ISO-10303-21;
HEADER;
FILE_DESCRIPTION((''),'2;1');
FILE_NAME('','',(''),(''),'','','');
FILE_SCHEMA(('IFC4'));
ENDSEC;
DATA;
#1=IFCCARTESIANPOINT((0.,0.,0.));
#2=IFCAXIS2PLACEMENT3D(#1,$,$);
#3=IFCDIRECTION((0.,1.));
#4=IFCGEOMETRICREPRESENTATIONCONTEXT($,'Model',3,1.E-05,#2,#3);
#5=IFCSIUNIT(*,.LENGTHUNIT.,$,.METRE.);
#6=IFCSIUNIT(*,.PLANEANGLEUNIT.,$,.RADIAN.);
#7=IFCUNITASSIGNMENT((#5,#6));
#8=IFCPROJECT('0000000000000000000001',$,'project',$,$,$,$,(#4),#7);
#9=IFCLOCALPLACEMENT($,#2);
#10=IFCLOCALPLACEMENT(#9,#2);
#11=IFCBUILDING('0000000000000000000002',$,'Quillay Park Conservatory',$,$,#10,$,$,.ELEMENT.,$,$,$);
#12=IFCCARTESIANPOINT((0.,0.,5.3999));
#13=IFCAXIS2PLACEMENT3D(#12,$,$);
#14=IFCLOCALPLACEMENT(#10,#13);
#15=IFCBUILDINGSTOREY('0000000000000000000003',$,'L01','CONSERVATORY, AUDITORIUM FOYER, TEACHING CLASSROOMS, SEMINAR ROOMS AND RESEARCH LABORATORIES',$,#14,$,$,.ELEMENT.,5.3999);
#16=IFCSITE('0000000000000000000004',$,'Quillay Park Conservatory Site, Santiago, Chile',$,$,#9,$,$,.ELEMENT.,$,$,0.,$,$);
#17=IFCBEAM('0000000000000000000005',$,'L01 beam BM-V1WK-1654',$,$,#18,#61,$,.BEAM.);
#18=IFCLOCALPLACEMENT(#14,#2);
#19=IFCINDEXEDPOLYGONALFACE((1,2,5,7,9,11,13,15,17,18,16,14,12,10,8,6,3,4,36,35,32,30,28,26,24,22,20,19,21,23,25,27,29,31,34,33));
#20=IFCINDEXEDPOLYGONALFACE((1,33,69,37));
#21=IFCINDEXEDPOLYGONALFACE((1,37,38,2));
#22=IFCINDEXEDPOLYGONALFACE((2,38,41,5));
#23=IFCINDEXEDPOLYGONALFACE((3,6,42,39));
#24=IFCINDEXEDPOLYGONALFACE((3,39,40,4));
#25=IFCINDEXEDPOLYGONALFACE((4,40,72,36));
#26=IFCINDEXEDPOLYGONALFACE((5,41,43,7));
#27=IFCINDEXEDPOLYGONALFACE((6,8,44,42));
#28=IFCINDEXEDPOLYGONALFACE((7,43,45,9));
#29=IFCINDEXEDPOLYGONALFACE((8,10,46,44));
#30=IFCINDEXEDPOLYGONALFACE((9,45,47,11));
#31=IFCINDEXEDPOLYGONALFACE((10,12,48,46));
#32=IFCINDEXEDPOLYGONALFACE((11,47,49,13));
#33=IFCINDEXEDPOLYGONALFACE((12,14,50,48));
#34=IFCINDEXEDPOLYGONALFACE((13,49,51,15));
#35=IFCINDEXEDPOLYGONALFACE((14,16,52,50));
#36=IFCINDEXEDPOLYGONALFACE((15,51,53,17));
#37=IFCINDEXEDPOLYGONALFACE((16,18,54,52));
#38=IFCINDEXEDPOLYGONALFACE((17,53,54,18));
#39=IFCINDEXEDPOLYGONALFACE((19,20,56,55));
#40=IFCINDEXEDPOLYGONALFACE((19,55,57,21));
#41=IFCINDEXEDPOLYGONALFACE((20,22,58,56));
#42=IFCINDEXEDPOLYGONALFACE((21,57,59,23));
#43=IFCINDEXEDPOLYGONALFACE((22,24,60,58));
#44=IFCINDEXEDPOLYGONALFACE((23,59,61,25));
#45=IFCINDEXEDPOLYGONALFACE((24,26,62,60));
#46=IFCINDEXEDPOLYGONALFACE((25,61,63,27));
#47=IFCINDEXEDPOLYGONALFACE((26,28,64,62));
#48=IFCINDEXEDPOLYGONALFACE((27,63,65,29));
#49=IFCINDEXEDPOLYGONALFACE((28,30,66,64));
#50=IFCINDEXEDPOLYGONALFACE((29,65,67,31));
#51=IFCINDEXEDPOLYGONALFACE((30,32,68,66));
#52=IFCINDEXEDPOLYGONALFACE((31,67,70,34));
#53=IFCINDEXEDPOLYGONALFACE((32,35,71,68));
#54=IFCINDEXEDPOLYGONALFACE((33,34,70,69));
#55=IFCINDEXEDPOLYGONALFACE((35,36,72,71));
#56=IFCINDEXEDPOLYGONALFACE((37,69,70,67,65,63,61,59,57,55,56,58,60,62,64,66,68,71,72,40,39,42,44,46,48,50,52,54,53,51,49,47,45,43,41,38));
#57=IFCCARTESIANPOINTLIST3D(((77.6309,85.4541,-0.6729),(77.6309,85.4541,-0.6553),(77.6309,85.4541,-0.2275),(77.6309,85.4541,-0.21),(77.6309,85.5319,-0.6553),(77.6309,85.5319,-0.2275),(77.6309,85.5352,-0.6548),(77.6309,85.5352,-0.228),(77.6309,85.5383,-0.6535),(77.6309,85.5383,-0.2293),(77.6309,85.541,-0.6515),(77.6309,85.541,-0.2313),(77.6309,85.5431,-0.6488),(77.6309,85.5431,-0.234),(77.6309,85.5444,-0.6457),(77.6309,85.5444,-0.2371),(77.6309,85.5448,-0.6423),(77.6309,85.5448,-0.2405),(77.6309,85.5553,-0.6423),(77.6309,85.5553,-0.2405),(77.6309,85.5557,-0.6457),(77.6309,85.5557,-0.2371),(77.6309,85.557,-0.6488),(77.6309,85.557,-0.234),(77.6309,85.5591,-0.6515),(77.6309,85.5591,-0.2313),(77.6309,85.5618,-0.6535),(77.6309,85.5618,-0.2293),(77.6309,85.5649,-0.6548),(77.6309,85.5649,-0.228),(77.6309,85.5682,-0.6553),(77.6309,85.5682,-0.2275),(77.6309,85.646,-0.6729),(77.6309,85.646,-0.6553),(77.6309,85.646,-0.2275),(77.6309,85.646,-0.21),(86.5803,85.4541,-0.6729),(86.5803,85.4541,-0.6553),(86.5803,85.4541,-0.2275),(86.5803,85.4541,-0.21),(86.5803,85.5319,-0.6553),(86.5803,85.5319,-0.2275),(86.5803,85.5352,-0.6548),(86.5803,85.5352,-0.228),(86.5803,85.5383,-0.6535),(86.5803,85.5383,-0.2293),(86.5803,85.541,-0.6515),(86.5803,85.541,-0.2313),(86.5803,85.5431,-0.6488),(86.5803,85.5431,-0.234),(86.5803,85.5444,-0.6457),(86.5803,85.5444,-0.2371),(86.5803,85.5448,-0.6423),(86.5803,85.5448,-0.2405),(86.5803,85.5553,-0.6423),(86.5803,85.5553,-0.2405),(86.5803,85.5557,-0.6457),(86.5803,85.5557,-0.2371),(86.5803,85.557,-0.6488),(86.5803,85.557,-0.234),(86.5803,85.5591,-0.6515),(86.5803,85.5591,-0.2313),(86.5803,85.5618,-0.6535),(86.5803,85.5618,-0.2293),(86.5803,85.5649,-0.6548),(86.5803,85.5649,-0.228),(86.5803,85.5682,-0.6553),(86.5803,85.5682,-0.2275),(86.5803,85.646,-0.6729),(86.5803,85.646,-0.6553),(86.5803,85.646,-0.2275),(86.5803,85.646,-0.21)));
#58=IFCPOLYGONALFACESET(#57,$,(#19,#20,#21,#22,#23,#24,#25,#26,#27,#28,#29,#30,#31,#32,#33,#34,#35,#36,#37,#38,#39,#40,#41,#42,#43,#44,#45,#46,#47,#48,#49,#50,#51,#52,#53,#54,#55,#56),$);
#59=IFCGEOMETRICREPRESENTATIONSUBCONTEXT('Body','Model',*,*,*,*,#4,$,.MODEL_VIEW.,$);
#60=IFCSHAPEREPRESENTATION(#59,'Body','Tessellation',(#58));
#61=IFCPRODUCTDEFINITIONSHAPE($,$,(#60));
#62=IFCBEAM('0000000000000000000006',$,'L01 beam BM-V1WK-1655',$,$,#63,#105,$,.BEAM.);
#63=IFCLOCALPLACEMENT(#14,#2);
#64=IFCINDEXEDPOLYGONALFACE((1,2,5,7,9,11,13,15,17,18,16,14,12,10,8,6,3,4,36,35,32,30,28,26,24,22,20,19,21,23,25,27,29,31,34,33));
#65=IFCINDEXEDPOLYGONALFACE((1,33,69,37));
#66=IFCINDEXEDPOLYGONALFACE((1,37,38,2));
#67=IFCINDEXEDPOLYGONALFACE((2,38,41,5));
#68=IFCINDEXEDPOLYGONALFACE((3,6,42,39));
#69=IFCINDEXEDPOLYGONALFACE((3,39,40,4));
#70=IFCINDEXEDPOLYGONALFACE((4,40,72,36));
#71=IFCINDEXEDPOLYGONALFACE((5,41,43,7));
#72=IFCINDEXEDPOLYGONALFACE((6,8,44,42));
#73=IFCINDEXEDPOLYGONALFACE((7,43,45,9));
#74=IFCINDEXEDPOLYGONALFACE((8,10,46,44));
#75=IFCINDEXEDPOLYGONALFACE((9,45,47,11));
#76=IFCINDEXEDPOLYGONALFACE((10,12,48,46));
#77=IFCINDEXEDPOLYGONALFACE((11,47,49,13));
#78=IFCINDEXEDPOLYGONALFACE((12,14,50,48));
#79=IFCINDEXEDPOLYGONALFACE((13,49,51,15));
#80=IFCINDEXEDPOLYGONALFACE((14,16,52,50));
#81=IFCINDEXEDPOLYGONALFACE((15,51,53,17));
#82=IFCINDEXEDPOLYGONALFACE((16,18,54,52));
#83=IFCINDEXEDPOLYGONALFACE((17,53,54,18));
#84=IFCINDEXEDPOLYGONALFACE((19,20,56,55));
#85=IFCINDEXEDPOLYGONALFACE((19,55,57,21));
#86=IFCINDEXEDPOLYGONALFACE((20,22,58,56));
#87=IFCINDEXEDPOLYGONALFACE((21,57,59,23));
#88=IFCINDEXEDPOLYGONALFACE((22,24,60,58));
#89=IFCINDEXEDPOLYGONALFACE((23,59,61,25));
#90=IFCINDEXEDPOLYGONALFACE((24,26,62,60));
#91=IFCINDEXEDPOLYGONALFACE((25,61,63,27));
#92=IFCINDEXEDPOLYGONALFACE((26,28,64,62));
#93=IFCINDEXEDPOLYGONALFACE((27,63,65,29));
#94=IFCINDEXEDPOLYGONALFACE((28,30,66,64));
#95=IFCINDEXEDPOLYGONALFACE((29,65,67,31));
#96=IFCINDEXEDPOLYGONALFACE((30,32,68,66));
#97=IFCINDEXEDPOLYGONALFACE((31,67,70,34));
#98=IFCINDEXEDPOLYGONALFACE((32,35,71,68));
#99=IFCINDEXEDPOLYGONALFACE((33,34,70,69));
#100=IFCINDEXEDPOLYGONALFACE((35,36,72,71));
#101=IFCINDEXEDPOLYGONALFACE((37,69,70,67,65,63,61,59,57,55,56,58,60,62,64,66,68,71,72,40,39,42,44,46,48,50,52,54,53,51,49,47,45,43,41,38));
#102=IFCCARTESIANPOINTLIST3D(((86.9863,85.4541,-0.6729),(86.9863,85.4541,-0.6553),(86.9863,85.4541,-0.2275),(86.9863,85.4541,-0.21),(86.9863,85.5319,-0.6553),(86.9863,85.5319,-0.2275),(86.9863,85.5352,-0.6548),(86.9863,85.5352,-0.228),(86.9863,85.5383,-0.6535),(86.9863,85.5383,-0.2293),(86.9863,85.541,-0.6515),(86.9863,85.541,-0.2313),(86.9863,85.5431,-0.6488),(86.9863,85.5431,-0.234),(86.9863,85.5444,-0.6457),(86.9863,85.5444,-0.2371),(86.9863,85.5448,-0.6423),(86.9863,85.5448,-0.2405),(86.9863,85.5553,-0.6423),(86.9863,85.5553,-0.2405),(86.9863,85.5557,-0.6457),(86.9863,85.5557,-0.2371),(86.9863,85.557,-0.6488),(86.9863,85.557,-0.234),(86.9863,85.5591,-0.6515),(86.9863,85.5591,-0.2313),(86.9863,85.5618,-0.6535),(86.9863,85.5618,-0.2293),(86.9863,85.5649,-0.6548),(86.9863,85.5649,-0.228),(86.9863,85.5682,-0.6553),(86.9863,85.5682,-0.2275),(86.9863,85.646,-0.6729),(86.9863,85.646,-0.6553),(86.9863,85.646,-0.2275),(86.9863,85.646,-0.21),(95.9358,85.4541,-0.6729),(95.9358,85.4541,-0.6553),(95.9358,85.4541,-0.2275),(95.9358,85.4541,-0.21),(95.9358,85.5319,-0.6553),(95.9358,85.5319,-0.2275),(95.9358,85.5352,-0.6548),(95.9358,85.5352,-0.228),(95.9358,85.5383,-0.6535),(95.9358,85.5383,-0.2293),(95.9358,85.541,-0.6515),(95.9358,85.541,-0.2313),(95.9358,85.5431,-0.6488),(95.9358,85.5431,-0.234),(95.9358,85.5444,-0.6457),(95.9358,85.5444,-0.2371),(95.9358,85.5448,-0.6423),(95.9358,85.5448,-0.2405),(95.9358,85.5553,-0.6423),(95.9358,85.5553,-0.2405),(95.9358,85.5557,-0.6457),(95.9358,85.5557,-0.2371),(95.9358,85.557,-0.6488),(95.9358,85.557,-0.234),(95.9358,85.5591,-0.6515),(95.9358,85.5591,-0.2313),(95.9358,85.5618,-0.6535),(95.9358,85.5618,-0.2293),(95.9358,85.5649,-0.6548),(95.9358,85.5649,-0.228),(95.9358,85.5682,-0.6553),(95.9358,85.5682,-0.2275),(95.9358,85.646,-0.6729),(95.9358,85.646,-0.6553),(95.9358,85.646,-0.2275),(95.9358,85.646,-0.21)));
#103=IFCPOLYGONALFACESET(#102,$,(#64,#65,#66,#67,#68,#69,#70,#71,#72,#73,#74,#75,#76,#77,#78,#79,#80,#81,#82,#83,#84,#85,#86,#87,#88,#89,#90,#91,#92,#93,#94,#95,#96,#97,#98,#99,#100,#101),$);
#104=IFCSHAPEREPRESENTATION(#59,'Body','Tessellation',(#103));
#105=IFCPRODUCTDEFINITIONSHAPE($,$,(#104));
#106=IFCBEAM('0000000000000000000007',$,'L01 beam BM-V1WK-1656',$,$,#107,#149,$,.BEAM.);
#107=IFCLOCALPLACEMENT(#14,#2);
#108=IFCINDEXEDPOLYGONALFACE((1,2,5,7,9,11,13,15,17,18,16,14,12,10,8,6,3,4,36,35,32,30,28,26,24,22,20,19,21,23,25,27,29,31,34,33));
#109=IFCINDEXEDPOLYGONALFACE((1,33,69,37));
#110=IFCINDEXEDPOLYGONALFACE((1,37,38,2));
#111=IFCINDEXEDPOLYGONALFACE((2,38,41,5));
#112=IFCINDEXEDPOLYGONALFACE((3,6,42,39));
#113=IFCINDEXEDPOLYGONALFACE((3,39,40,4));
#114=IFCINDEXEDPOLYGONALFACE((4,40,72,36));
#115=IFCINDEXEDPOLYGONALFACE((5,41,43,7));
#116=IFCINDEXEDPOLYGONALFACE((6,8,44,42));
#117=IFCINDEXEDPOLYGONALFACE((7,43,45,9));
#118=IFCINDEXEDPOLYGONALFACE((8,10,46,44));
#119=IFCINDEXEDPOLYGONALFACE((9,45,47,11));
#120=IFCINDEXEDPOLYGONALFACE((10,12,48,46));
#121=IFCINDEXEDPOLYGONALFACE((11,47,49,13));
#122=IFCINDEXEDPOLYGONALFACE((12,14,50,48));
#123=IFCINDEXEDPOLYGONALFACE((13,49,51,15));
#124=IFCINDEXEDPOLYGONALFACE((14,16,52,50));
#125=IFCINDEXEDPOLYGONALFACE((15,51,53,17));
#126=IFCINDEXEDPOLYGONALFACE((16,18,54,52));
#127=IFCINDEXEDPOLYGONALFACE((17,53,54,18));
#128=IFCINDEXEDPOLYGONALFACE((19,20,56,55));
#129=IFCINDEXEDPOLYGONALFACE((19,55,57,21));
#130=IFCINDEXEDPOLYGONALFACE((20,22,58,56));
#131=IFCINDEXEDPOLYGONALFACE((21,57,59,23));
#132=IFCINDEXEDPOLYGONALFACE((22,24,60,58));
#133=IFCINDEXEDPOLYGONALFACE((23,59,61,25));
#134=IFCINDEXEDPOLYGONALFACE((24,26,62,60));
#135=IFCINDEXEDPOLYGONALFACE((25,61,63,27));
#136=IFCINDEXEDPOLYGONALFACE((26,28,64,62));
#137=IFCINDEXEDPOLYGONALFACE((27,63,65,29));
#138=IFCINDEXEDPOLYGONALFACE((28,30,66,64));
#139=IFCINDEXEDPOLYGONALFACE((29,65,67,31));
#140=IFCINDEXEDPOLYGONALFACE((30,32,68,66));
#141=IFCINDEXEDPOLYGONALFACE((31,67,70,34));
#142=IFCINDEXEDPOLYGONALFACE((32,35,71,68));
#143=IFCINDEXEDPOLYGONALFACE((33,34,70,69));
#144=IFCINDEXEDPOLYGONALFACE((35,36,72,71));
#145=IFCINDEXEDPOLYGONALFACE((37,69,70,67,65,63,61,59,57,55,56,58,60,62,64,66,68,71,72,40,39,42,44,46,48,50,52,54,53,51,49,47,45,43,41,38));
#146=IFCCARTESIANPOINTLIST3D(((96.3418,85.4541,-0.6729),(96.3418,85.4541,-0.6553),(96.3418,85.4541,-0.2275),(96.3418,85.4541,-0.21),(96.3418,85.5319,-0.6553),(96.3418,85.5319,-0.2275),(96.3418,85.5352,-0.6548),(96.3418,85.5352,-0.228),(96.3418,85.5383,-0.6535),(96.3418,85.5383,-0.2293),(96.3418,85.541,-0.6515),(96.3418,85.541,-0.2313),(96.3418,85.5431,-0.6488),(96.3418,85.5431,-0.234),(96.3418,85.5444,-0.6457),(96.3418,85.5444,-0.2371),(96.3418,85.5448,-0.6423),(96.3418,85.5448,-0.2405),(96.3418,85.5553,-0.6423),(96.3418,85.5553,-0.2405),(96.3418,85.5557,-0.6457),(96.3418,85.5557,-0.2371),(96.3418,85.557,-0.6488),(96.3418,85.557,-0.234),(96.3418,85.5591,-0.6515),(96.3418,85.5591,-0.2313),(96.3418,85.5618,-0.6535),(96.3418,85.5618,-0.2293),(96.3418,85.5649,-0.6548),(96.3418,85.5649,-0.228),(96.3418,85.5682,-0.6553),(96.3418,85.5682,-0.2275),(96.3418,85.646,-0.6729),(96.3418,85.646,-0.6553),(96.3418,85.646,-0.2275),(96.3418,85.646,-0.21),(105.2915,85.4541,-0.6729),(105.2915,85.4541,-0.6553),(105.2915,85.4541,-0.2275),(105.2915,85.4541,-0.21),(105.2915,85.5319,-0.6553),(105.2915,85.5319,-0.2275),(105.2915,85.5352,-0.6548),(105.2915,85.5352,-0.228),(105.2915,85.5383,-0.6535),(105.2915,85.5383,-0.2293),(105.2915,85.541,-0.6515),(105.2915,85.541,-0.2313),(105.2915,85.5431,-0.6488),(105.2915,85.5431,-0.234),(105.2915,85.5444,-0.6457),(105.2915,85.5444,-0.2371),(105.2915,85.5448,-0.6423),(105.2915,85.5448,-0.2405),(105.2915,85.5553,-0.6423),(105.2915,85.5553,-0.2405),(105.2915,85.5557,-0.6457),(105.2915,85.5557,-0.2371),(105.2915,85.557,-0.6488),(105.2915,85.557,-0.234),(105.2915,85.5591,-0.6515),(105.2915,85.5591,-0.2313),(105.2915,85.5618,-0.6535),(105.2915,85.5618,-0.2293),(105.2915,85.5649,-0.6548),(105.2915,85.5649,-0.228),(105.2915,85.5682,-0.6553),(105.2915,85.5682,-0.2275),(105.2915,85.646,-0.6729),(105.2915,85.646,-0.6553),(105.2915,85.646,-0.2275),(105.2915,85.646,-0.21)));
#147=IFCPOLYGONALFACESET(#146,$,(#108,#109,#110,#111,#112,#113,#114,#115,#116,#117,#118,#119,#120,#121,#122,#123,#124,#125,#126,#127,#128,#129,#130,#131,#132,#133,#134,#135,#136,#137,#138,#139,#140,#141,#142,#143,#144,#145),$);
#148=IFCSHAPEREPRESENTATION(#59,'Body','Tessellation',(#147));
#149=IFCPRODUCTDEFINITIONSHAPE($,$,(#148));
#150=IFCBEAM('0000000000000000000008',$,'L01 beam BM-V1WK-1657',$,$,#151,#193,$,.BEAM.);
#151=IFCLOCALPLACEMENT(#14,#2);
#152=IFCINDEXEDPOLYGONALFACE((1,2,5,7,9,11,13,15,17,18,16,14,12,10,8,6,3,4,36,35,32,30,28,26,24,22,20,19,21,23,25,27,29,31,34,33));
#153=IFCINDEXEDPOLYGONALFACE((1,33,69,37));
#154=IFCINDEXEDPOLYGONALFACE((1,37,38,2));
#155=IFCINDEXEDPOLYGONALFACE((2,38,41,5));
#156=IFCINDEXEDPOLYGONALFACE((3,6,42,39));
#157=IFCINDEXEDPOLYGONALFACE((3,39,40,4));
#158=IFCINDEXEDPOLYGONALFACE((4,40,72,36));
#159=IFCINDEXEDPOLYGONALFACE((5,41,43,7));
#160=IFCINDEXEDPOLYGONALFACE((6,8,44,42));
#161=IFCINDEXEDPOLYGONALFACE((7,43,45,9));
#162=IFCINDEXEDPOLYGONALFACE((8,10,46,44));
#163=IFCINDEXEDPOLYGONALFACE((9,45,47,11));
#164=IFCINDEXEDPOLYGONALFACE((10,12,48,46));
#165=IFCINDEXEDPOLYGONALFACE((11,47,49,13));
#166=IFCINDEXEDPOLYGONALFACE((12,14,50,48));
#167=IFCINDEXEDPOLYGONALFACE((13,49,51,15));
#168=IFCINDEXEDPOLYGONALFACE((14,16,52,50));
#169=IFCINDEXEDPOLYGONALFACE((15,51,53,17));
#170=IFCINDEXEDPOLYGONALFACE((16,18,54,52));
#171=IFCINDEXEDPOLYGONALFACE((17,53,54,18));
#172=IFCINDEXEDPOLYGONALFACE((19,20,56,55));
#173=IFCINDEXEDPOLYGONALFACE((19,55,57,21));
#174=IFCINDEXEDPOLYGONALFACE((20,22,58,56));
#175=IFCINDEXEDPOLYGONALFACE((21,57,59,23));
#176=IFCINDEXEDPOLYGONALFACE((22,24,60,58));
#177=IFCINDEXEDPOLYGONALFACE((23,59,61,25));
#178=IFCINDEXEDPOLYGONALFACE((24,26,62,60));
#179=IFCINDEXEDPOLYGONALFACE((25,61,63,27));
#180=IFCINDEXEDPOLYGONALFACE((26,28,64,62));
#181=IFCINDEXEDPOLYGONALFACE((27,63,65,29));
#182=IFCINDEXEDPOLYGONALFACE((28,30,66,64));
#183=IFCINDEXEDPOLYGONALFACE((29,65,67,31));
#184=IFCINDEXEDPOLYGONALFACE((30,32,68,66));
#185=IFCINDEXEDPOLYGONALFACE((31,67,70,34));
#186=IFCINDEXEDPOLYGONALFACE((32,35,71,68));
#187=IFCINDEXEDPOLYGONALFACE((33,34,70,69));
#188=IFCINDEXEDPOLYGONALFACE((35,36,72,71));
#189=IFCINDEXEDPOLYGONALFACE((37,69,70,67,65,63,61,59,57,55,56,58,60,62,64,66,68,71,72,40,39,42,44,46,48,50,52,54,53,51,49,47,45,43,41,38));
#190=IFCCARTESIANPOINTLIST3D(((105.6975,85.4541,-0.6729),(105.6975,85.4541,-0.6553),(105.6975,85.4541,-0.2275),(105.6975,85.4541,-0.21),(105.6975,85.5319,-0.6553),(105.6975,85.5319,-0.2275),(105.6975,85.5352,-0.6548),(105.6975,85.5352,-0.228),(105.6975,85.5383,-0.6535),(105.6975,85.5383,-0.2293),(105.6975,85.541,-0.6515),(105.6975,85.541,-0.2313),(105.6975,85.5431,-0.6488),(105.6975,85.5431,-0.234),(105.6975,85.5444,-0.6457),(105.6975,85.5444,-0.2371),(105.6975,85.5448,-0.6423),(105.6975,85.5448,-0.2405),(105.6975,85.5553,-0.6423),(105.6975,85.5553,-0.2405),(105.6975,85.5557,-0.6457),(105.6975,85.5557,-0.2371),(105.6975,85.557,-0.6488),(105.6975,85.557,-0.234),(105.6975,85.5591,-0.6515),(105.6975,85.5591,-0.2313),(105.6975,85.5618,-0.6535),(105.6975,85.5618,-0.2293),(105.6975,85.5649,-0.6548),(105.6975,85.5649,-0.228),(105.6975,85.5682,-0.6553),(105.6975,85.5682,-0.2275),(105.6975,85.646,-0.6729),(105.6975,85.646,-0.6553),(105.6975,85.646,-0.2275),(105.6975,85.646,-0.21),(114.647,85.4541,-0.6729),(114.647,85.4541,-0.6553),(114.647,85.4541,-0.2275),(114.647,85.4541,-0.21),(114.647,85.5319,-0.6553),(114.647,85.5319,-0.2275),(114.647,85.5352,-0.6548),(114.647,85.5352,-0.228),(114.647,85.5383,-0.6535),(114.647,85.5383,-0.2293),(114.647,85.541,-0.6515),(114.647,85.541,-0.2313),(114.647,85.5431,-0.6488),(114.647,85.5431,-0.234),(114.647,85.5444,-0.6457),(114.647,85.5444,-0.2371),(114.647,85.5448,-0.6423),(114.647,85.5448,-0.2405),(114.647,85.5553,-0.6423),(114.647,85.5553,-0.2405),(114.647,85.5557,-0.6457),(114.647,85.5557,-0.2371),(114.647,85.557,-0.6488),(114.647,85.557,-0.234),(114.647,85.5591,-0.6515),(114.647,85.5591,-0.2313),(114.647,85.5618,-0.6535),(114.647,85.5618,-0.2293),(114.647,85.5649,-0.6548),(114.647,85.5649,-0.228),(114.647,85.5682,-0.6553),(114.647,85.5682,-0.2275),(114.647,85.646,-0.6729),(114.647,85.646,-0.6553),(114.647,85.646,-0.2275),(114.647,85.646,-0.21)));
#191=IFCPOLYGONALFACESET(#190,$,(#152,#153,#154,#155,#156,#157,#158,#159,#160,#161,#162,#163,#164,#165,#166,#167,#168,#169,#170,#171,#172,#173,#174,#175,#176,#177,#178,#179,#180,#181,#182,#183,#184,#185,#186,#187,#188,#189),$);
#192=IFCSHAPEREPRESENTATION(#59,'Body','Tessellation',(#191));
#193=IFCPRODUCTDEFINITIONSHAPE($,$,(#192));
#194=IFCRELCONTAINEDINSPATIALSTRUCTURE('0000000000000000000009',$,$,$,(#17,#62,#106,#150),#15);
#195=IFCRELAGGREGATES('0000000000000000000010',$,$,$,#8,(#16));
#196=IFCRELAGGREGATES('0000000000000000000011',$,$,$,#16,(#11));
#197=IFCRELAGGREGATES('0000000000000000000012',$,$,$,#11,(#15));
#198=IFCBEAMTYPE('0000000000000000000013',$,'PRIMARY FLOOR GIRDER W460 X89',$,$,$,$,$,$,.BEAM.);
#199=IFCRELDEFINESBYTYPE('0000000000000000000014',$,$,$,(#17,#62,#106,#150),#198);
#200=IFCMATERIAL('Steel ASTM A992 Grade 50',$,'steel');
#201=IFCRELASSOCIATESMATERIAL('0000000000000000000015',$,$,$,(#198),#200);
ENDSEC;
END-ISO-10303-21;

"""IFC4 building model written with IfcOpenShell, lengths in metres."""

from ifc_helpers import new_model, si_unit, direction, frame, origin, origin_2d, place, context, subcontext, project, spatial, i_section, extrude, material, material_profile, profile_set, type_object, element, save


model = new_model("IFC4")

# Units and contexts
model_context = context("Model", 3, precision=1e-05, world=origin(), true_north=direction((0.0, 1.0)))
body_context = subcontext(model_context, "Body", "Model", "MODEL_VIEW")
ifc_project = project(units=[si_unit("LENGTHUNIT", "METRE"), si_unit("PLANEANGLEUNIT", "RADIAN")], contexts=[model_context])

# Site, building, storey
site_placement = place(None, origin())
site = spatial("IfcSite", under=ifc_project, at=site_placement, Name="Quillay Park Conservatory Site, Santiago, Chile", CompositionType="ELEMENT", RefElevation=0.0)
building_placement = place(site_placement, origin())
building = spatial("IfcBuilding", under=site, at=building_placement, Name="Quillay Park Conservatory", CompositionType="ELEMENT")
storey_placement = place(building_placement, frame((0.0, 0.0, 5.3999)))
storey = spatial("IfcBuildingStorey", under=building, at=storey_placement, Name="L01", Description="CONSERVATORY, AUDITORIUM FOYER, TEACHING CLASSROOMS, SEMINAR ROOMS AND RESEARCH LABORATORIES", CompositionType="ELEMENT", Elevation=5.3999)

# Beams
ifc_material_1 = material(Name="Steel ASTM A992 Grade 50", Category="steel")
ifc_material_profile_1 = material_profile(ifc_material_1, i_section(OverallWidth=0.1919, OverallDepth=0.4629, WebThickness=0.0105, FlangeThickness=0.0176, FilletRadius=0.0129, at=origin_2d()), Name="W460x89")
ifc_profile_set_1 = profile_set([ifc_material_profile_1], Name="Steel ASTM A992 Grade 50")
beam_type_1 = type_object("IfcBeamType", Name="PRIMARY FLOOR GIRDER W460 X89", PredefinedType="BEAM", material=ifc_profile_set_1)
for number, where, z_axis, x_axis, name in (
    (1, (77.6309, 85.55, -0.4414), (1.0, 0.0, 0.0), (0.0, 1.0, 0.0), "L01 beam BM-V1WK-1654"),
    (2, (86.9863, 85.55, -0.4414), (1.0, 0.0, 0.0), (0.0, 1.0, 0.0), "L01 beam BM-V1WK-1655"),
):
    element("IfcBeam", number, at=place(storey_placement, frame(where, z_axis=z_axis, x_axis=x_axis)), inside=storey, type_object=beam_type_1, Name=name, PredefinedType="BEAM", context=body_context, shape_type="SweptSolid", body=[
        extrude(i_section(OverallWidth=0.1919, OverallDepth=0.4629, WebThickness=0.0105, FlangeThickness=0.0176, FilletRadius=0.0129, at=origin_2d()), origin(), (0.0, 0.0, 1.0), 8.9495),
    ])
beam_1_placement = place(storey_placement, frame((96.3418, 85.55, -0.4414), z_axis=(1.0, 0.0, 0.0), x_axis=(0.0, 1.0, 0.0)))
element("IfcBeam", 3, at=beam_1_placement, inside=storey, type_object=beam_type_1, Name="L01 beam BM-V1WK-1656", PredefinedType="BEAM", context=body_context, shape_type="SweptSolid", body=[
    extrude(i_section(OverallWidth=0.1919, OverallDepth=0.4629, WebThickness=0.0105, FlangeThickness=0.0176, FilletRadius=0.0129, at=origin_2d()), origin(), (0.0, 0.0, 1.0), 8.9497),
])
beam_2_placement = place(storey_placement, frame((105.6975, 85.55, -0.4414), z_axis=(1.0, 0.0, 0.0), x_axis=(0.0, 1.0, 0.0)))
element("IfcBeam", 4, at=beam_2_placement, inside=storey, type_object=beam_type_1, Name="L01 beam BM-V1WK-1657", PredefinedType="BEAM", context=body_context, shape_type="SweptSolid", body=[
    extrude(i_section(OverallWidth=0.1919, OverallDepth=0.4629, WebThickness=0.0105, FlangeThickness=0.0176, FilletRadius=0.0129, at=origin_2d()), origin(), (0.0, 0.0, 1.0), 8.9495),
])

save(model, "model.ifc")
